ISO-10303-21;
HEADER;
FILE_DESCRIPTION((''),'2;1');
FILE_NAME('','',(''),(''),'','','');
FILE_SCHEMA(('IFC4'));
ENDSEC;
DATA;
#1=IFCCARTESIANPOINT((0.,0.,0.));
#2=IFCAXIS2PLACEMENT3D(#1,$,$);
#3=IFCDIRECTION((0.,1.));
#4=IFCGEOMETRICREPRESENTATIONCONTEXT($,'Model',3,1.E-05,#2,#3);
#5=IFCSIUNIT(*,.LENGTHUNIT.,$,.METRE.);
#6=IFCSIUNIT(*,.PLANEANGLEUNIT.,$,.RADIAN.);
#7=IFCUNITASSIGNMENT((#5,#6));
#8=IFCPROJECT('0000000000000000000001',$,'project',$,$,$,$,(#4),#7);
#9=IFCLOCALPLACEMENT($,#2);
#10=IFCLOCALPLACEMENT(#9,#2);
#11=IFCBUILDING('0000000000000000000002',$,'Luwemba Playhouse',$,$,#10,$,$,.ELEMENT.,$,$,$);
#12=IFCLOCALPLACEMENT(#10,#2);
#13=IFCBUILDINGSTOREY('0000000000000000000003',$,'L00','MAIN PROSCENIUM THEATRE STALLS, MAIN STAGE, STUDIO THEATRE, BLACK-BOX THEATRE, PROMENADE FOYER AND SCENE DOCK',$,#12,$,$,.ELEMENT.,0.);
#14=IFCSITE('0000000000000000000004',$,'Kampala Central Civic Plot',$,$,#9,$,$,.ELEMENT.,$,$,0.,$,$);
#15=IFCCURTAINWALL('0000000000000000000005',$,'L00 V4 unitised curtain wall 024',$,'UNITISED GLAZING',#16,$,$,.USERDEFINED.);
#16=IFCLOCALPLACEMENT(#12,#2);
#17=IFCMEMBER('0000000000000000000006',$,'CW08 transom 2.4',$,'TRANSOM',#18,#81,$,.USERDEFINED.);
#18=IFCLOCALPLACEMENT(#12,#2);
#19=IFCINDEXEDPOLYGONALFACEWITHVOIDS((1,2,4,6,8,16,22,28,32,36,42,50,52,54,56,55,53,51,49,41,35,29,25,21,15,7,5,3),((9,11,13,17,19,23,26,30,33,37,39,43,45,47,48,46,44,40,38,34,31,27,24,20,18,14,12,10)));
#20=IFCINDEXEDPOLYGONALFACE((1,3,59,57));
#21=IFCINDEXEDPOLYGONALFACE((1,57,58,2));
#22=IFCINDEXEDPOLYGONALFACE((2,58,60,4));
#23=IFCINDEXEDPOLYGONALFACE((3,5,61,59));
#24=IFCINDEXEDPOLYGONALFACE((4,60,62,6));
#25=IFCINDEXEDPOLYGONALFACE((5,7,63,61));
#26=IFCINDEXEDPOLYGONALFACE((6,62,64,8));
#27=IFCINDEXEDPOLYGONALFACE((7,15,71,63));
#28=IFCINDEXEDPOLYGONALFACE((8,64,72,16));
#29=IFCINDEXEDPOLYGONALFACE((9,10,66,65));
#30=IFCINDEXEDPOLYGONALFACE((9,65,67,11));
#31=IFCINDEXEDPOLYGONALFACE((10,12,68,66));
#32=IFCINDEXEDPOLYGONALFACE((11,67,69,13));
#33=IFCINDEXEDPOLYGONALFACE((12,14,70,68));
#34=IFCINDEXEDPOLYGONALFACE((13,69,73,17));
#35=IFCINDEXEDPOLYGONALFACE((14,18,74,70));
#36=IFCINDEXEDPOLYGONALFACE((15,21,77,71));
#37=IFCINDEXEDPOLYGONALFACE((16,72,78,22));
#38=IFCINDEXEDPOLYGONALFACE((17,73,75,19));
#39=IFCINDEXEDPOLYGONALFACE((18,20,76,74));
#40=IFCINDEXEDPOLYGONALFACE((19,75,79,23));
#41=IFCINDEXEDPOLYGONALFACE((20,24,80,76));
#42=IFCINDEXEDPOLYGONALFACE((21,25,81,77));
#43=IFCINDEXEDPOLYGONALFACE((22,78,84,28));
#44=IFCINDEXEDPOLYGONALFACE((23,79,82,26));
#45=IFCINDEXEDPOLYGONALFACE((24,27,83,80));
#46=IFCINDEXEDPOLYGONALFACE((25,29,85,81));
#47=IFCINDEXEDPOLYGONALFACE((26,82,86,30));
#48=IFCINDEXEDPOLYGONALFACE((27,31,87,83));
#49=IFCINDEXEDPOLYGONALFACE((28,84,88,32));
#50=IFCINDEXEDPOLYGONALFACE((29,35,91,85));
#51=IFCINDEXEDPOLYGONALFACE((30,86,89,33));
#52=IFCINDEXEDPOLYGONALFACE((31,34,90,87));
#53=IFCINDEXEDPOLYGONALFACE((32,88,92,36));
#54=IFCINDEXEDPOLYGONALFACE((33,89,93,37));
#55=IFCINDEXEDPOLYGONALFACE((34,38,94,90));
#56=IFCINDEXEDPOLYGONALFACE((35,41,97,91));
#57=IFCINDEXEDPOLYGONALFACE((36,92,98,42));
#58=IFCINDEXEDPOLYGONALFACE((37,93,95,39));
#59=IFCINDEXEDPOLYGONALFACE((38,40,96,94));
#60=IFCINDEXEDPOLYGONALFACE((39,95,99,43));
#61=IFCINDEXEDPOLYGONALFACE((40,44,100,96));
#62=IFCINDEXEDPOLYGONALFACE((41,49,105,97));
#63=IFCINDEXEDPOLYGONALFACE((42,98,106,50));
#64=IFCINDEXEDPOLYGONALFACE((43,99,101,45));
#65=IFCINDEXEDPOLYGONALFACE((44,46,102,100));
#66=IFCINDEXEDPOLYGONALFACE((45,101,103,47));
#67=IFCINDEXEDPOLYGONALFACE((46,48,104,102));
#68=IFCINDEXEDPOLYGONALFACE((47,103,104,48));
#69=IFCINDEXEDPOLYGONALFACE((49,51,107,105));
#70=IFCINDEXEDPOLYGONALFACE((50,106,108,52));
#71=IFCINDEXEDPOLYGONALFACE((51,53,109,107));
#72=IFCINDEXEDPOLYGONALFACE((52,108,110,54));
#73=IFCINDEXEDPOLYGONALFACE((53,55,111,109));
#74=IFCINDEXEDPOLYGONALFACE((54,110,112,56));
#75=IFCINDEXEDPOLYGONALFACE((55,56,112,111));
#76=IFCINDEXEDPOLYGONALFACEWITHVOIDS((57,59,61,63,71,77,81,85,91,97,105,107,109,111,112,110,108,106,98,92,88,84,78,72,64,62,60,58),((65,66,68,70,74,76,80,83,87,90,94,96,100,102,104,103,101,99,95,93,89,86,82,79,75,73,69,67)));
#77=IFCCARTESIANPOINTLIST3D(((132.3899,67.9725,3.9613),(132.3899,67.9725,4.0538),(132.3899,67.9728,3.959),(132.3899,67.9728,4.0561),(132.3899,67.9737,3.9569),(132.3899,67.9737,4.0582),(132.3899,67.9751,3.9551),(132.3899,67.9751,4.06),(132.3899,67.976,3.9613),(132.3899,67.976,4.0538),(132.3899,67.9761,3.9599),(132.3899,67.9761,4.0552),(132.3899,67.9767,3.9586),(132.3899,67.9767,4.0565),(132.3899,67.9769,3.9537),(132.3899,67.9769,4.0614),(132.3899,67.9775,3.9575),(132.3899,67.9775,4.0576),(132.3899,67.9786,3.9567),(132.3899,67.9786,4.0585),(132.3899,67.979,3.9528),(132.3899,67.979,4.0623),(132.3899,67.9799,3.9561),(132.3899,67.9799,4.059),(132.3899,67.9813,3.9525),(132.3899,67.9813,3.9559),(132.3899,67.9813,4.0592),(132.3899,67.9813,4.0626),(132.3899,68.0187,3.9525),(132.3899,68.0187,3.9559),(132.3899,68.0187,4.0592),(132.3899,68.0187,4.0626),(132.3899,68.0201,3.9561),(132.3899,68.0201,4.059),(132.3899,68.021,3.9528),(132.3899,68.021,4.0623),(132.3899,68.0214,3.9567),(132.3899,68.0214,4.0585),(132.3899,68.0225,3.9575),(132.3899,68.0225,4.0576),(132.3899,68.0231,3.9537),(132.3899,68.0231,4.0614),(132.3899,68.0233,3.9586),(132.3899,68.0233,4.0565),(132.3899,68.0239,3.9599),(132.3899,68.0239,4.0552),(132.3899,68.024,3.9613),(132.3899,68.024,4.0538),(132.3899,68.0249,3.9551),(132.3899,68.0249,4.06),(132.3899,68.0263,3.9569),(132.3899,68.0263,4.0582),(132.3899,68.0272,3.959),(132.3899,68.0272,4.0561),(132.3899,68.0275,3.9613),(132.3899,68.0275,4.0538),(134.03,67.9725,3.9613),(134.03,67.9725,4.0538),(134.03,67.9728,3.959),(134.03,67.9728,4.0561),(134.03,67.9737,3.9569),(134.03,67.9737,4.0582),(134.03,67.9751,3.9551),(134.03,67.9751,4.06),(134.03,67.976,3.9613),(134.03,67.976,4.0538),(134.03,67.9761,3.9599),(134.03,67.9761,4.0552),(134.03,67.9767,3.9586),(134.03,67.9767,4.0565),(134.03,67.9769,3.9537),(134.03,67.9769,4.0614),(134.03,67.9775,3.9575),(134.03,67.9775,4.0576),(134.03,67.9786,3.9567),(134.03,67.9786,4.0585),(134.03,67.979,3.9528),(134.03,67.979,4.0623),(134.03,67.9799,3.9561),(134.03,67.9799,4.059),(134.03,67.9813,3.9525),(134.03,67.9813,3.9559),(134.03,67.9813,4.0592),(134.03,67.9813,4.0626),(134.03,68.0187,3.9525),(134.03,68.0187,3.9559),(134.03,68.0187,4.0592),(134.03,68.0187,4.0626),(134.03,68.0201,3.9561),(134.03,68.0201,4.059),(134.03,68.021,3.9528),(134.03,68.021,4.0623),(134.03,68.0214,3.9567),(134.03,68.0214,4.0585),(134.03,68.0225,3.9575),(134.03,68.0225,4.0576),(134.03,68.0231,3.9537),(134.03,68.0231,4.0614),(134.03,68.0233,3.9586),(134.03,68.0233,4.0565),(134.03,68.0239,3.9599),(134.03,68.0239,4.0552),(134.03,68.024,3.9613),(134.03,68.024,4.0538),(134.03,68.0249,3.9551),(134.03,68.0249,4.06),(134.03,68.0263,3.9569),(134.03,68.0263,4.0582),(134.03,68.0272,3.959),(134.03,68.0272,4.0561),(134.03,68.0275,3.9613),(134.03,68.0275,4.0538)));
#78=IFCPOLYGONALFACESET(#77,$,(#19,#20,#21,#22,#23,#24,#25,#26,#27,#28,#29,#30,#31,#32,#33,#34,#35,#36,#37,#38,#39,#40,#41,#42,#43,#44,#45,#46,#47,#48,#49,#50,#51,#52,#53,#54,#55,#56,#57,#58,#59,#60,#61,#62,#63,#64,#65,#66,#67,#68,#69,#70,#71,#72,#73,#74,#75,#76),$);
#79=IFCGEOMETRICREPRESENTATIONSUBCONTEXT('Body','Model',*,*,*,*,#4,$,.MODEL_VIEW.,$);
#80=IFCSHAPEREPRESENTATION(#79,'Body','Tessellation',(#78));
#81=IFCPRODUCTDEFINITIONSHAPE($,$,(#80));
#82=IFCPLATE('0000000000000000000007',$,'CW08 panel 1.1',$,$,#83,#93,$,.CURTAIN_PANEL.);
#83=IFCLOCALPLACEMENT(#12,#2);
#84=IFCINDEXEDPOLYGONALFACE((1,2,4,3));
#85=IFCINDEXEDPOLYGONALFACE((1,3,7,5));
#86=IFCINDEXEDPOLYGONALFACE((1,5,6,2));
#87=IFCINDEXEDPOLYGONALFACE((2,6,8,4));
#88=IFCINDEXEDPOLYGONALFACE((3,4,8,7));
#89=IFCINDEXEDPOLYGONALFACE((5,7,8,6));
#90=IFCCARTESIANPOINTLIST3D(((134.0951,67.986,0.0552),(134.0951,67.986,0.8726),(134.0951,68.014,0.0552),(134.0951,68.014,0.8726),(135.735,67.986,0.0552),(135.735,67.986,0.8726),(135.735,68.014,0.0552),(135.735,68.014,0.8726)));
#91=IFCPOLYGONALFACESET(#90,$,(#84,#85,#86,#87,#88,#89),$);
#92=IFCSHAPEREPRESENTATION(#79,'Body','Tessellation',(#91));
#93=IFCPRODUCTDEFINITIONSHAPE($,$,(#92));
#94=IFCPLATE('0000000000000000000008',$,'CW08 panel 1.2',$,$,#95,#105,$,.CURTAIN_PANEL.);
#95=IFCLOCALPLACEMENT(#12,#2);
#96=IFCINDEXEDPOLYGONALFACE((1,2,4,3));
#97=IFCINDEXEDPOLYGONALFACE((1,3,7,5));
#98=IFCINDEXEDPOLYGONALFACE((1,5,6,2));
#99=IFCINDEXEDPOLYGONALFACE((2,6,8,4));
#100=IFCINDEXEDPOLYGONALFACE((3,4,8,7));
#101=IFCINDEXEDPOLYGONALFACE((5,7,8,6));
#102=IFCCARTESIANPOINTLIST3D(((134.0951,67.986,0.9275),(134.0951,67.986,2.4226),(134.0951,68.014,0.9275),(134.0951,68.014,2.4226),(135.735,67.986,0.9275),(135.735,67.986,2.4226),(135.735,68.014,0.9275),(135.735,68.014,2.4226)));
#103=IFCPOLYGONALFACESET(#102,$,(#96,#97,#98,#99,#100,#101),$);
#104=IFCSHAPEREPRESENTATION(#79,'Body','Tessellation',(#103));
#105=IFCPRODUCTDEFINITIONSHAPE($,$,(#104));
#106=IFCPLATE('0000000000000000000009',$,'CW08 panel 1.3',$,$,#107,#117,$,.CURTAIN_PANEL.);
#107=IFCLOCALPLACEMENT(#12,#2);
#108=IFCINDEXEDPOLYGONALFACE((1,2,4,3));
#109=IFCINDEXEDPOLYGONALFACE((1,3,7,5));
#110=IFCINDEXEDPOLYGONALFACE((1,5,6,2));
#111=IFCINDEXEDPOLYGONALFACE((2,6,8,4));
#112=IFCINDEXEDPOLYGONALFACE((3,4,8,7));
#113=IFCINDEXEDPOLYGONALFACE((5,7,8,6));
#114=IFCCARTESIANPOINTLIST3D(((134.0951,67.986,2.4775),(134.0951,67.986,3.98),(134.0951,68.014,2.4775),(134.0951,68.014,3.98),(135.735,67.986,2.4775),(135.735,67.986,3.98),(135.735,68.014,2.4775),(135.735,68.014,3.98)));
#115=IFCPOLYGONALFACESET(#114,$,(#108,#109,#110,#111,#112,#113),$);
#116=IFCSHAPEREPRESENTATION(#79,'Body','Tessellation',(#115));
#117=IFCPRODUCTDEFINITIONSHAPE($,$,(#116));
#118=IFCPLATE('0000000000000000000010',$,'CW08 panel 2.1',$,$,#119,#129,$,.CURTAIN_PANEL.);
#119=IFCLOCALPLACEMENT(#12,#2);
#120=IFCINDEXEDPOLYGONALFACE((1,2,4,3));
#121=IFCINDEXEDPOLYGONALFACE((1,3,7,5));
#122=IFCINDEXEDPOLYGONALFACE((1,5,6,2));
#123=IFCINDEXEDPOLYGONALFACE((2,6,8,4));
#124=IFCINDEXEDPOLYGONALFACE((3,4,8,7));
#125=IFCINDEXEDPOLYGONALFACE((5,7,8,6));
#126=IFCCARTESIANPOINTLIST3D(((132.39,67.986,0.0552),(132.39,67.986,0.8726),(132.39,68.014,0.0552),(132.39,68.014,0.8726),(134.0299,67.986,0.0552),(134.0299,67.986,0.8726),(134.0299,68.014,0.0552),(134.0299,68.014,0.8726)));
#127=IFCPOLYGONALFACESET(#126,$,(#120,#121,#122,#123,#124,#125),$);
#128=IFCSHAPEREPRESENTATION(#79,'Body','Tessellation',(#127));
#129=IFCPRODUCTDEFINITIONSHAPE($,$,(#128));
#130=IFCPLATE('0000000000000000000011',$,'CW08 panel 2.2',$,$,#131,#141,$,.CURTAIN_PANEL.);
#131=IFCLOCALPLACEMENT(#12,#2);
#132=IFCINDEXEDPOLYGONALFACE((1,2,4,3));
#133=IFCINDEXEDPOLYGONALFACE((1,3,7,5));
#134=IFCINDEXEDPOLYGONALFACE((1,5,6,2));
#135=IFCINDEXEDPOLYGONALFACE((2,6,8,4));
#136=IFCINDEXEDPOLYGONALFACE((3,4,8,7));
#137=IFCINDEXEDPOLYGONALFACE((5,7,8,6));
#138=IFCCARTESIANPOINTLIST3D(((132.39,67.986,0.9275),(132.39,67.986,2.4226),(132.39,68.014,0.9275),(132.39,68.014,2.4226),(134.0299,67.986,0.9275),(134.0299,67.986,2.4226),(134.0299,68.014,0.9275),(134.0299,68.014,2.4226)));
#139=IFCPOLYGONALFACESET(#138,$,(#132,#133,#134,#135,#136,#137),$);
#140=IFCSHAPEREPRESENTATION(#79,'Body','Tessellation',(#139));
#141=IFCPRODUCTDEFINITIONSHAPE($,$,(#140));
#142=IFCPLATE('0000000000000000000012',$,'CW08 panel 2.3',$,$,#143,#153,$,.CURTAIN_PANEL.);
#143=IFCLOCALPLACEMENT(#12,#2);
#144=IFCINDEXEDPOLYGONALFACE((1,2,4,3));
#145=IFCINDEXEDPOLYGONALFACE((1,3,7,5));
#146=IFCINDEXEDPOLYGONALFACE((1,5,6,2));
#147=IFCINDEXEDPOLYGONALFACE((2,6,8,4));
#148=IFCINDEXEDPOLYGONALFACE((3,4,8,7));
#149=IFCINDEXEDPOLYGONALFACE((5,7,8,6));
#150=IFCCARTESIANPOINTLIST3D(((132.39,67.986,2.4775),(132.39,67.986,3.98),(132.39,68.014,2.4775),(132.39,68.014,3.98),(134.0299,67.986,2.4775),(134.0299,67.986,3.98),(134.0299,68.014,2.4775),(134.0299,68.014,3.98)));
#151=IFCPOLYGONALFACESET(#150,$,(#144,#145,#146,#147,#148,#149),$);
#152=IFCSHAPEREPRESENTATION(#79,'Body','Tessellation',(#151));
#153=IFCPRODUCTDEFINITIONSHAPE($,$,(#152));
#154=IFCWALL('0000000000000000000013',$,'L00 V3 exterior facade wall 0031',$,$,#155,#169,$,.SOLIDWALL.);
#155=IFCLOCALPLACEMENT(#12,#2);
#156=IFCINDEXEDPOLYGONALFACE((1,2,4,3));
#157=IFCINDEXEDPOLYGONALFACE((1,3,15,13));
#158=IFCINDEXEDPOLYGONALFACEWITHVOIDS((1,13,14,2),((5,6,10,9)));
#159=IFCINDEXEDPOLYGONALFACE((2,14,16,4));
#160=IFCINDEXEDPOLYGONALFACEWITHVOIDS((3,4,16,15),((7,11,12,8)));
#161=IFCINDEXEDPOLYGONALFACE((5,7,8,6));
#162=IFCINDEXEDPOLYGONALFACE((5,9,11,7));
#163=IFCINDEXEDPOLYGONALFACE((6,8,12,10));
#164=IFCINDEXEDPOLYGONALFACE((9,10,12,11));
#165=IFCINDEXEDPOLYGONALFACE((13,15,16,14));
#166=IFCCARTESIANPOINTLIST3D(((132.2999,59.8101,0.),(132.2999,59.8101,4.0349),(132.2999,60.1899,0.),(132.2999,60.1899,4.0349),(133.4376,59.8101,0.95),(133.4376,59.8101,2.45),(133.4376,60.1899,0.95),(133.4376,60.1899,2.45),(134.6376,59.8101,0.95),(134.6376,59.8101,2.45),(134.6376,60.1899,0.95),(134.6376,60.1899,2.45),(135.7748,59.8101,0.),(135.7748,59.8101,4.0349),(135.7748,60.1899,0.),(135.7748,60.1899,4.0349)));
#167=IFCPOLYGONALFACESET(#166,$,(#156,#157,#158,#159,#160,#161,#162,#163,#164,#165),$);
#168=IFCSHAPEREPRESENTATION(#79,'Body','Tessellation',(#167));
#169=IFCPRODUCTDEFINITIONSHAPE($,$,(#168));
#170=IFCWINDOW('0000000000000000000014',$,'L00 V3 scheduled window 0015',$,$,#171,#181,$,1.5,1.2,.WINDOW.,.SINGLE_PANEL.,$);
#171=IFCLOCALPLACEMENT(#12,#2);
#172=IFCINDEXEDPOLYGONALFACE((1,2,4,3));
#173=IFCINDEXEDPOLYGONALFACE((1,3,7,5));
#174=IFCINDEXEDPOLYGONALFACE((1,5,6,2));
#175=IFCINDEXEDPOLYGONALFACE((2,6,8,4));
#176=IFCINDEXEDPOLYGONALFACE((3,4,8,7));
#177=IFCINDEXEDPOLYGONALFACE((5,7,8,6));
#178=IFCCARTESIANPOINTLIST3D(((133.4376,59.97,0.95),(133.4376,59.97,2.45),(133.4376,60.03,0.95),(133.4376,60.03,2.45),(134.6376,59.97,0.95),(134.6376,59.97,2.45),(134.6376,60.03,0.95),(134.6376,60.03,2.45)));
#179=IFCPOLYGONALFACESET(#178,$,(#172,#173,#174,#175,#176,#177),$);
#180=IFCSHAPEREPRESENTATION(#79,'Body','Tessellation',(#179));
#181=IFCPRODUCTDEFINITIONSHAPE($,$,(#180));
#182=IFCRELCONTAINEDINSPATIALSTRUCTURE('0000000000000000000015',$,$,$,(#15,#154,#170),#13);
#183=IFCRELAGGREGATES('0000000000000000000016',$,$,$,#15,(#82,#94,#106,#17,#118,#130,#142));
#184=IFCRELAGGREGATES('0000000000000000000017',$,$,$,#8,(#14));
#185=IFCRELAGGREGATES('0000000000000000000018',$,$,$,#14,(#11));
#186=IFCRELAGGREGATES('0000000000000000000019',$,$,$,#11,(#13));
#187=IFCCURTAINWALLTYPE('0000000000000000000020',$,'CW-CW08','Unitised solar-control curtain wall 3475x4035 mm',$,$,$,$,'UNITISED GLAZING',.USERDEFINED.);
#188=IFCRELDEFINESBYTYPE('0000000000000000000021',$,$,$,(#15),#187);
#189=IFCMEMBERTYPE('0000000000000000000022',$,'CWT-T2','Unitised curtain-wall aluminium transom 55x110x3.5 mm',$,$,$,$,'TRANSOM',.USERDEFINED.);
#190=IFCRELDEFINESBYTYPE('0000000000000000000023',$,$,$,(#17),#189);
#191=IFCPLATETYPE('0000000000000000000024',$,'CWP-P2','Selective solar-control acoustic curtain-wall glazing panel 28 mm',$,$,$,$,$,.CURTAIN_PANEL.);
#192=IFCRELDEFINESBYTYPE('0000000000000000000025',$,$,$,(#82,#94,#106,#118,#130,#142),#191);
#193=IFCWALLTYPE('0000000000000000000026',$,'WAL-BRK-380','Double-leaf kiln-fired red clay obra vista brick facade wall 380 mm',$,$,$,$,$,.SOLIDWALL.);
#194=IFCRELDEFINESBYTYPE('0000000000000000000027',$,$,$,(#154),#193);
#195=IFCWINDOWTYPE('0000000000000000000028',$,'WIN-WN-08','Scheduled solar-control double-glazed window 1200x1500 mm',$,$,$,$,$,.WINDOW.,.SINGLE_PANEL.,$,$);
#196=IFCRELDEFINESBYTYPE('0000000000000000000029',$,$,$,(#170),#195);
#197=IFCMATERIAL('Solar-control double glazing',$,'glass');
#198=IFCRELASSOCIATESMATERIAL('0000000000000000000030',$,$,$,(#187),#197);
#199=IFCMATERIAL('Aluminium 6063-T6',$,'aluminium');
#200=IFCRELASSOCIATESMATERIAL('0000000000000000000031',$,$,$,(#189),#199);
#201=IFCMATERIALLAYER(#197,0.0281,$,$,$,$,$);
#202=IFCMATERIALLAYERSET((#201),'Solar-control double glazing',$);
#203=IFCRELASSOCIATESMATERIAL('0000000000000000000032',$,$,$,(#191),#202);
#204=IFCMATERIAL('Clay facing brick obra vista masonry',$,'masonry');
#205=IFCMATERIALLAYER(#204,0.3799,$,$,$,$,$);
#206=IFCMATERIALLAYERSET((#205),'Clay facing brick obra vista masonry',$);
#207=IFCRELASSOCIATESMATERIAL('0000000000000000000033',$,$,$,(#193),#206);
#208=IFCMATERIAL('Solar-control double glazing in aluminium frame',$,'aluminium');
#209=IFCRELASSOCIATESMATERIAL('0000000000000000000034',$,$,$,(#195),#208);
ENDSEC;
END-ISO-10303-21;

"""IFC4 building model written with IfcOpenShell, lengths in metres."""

from ifc_helpers import new_model, si_unit, direction, frame, frame_2d, origin, origin_2d, place, context, subcontext, project, spatial, rectangle, hollow_rectangle, extrude, material, layer, layer_set, material_profile, profile_set, type_object, element, fill, aggregate, save


model = new_model("IFC4")

# Units and contexts
model_context = context("Model", 3, precision=1e-05, world=origin(), true_north=direction((0.0, 1.0)))
body_context = subcontext(model_context, "Body", "Model", "MODEL_VIEW")
ifc_project = project(units=[si_unit("LENGTHUNIT", "METRE"), si_unit("PLANEANGLEUNIT", "RADIAN")], contexts=[model_context])

# Site, building, storey
site_placement = place(None, origin())
site = spatial("IfcSite", under=ifc_project, at=site_placement, Name="Kampala Central Civic Plot", CompositionType="ELEMENT", RefElevation=0.0)
building_placement = place(site_placement, origin())
building = spatial("IfcBuilding", under=site, at=building_placement, Name="Luwemba Playhouse", CompositionType="ELEMENT")
storey_placement = place(building_placement, origin())
storey = spatial("IfcBuildingStorey", under=building, at=storey_placement, Name="L00", Description="MAIN PROSCENIUM THEATRE STALLS, MAIN STAGE, STUDIO THEATRE, BLACK-BOX THEATRE, PROMENADE FOYER AND SCENE DOCK", CompositionType="ELEMENT", Elevation=0.0)

# Curtain wall, member, plates
ifc_material_1 = material(Name="Solar-control double glazing", Category="glass")
curtain_wall_type = type_object("IfcCurtainWallType", Name="CW-CW08", Description="Unitised solar-control curtain wall 3475x4035 mm", ElementType="UNITISED GLAZING", PredefinedType="USERDEFINED", material=ifc_material_1)
curtain_wall_placement = place(storey_placement, origin())
curtain_wall = element("IfcCurtainWall", 1, at=curtain_wall_placement, inside=storey, type_object=curtain_wall_type, Name="L00 V4 unitised curtain wall 024", ObjectType="UNITISED GLAZING", PredefinedType="USERDEFINED")
ifc_material_2 = material(Name="Aluminium 6063-T6", Category="aluminium")
ifc_material_profile_1 = material_profile(ifc_material_2, hollow_rectangle(XDim=0.0549, YDim=0.1101, WallThickness=0.0034, InnerFilletRadius=0.0054, OuterFilletRadius=0.0088, at=origin_2d()))
ifc_profile_set_1 = profile_set([ifc_material_profile_1], Name="Aluminium 6063-T6")
member_type_1 = type_object("IfcMemberType", Name="CWT-T2", Description="Unitised curtain-wall aluminium transom 55x110x3.5 mm", ElementType="TRANSOM", PredefinedType="USERDEFINED", material=ifc_profile_set_1)
member_1_placement = place(storey_placement, frame((134.03, 68.0, 4.0076), z_axis=(-1.0, 0.0, 0.0), x_axis=(0.0, -1.0, 0.0)))
member_1 = element("IfcMember", 2, at=member_1_placement, type_object=member_type_1, Name="CW08 transom 2.4", ObjectType="TRANSOM", PredefinedType="USERDEFINED", context=body_context, shape_type="SweptSolid", body=[
    extrude(hollow_rectangle(XDim=0.0549, YDim=0.1101, WallThickness=0.0034, InnerFilletRadius=0.0054, OuterFilletRadius=0.0088, at=origin_2d()), origin(), (0.0, 0.0, 1.0), 1.6401),
])
ifc_layer_1 = layer(ifc_material_1, 0.0281)
ifc_layer_set_1 = layer_set([ifc_layer_1], Name="Solar-control double glazing")
plate_type = type_object("IfcPlateType", Name="CWP-P2", Description="Selective solar-control acoustic curtain-wall glazing panel 28 mm", PredefinedType="CURTAIN_PANEL", material=ifc_layer_set_1)
plate_1_placement = place(storey_placement, frame((134.915, 68.0, 0.0552), z_axis=(0.0, 0.0, 1.0), x_axis=(-1.0, 0.0, 0.0)))
plate_1 = element("IfcPlate", 3, at=plate_1_placement, type_object=plate_type, Name="CW08 panel 1.1", PredefinedType="CURTAIN_PANEL", context=body_context, shape_type="SweptSolid", body=[
    extrude(rectangle(XDim=1.6399, YDim=0.0281, at=origin_2d()), origin(), (0.0, 0.0, 1.0), 0.8174),
])
plate_2_placement = place(storey_placement, frame((134.915, 68.0, 0.9275), z_axis=(0.0, 0.0, 1.0), x_axis=(-1.0, 0.0, 0.0)))
plate_2 = element("IfcPlate", 4, at=plate_2_placement, type_object=plate_type, Name="CW08 panel 1.2", PredefinedType="CURTAIN_PANEL", context=body_context, shape_type="SweptSolid", body=[
    extrude(rectangle(XDim=1.6399, YDim=0.0281, at=origin_2d()), origin(), (0.0, 0.0, 1.0), 1.4951),
])
plate_3_placement = place(storey_placement, frame((134.915, 68.0, 2.4775), z_axis=(0.0, 0.0, 1.0), x_axis=(-1.0, 0.0, 0.0)))
plate_3 = element("IfcPlate", 5, at=plate_3_placement, type_object=plate_type, Name="CW08 panel 1.3", PredefinedType="CURTAIN_PANEL", context=body_context, shape_type="SweptSolid", body=[
    extrude(rectangle(XDim=1.6399, YDim=0.0281, at=origin_2d()), origin(), (0.0, 0.0, 1.0), 1.5024),
])
plate_4_placement = place(storey_placement, frame((133.21, 68.0, 0.0552), z_axis=(0.0, 0.0, 1.0), x_axis=(-1.0, 0.0, 0.0)))
plate_4 = element("IfcPlate", 6, at=plate_4_placement, type_object=plate_type, Name="CW08 panel 2.1", PredefinedType="CURTAIN_PANEL", context=body_context, shape_type="SweptSolid", body=[
    extrude(rectangle(XDim=1.6399, YDim=0.0281, at=origin_2d()), origin(), (0.0, 0.0, 1.0), 0.8174),
])
plate_5_placement = place(storey_placement, frame((133.21, 68.0, 0.9275), z_axis=(0.0, 0.0, 1.0), x_axis=(-1.0, 0.0, 0.0)))
plate_5 = element("IfcPlate", 7, at=plate_5_placement, type_object=plate_type, Name="CW08 panel 2.2", PredefinedType="CURTAIN_PANEL", context=body_context, shape_type="SweptSolid", body=[
    extrude(rectangle(XDim=1.6399, YDim=0.0281, at=origin_2d()), origin(), (0.0, 0.0, 1.0), 1.4951),
])
plate_6_placement = place(storey_placement, frame((133.21, 68.0, 2.4775), z_axis=(0.0, 0.0, 1.0), x_axis=(-1.0, 0.0, 0.0)))
plate_6 = element("IfcPlate", 8, at=plate_6_placement, type_object=plate_type, Name="CW08 panel 2.3", PredefinedType="CURTAIN_PANEL", context=body_context, shape_type="SweptSolid", body=[
    extrude(rectangle(XDim=1.6399, YDim=0.0281, at=origin_2d()), origin(), (0.0, 0.0, 1.0), 1.5024),
])
aggregate(curtain_wall, [plate_1, plate_2, plate_3, member_1, plate_4, plate_5, plate_6])

# Wall, opening, window
ifc_material_3 = material(Name="Clay facing brick obra vista masonry", Category="masonry")
ifc_layer_2 = layer(ifc_material_3, 0.3799)
ifc_layer_set_2 = layer_set([ifc_layer_2], Name="Clay facing brick obra vista masonry")
wall_type_1 = type_object("IfcWallType", Name="WAL-BRK-380", Description="Double-leaf kiln-fired red clay obra vista brick facade wall 380 mm", PredefinedType="SOLIDWALL", material=ifc_layer_set_2)
wall_1_placement = place(storey_placement, frame((132.3, 60.0, 0.0), z_axis=(0.0, 0.0, 1.0), x_axis=(1.0, 0.0, 0.0)))
wall_1 = element("IfcWall", 9, at=wall_1_placement, inside=storey, type_object=wall_type_1, Name="L00 V3 exterior facade wall 0031", PredefinedType="SOLIDWALL", context=body_context, shape_type="SweptSolid", body=[
    extrude(rectangle(XDim=3.4749, YDim=0.3799, at=frame_2d((1.7373, 0.0))), origin(), (0.0, 0.0, 1.0), 4.0349),
])
opening_1_placement = place(wall_1_placement, frame((1.1375, 0.0, 0.95)))
opening_1 = element("IfcOpeningElement", 10, at=opening_1_placement, cuts=wall_1, PredefinedType="OPENING", context=body_context, shape_type="SweptSolid", body=[
    extrude(rectangle(XDim=1.2, YDim=1.5, at=frame_2d((0.6001, 0.75))), frame((0.0, 0.2, 0.0), z_axis=(0.0, -1.0, 0.0), x_axis=(1.0, 0.0, 0.0)), (0.0, 0.0, 1.0), 0.3999),
])
ifc_material_4 = material(Name="Solar-control double glazing in aluminium frame", Category="aluminium")
window_type_1 = type_object("IfcWindowType", Name="WIN-WN-08", Description="Scheduled solar-control double-glazed window 1200x1500 mm", PartitioningType="SINGLE_PANEL", PredefinedType="WINDOW", material=ifc_material_4)
window_1_placement = place(opening_1_placement, origin())
window_1 = element("IfcWindow", 11, at=window_1_placement, inside=storey, type_object=window_type_1, Name="L00 V3 scheduled window 0015", OverallHeight=1.5, OverallWidth=1.2, PartitioningType="SINGLE_PANEL", PredefinedType="WINDOW", context=body_context, shape_type="SweptSolid", body=[
    extrude(rectangle(XDim=1.2, YDim=1.5, at=frame_2d((0.6001, 0.75))), frame((0.0, 0.03, 0.0), z_axis=(0.0, -1.0, 0.0), x_axis=(1.0, 0.0, 0.0)), (0.0, 0.0, 1.0), 0.0601),
])
fill(opening_1, window_1)

save(model, "model.ifc")
